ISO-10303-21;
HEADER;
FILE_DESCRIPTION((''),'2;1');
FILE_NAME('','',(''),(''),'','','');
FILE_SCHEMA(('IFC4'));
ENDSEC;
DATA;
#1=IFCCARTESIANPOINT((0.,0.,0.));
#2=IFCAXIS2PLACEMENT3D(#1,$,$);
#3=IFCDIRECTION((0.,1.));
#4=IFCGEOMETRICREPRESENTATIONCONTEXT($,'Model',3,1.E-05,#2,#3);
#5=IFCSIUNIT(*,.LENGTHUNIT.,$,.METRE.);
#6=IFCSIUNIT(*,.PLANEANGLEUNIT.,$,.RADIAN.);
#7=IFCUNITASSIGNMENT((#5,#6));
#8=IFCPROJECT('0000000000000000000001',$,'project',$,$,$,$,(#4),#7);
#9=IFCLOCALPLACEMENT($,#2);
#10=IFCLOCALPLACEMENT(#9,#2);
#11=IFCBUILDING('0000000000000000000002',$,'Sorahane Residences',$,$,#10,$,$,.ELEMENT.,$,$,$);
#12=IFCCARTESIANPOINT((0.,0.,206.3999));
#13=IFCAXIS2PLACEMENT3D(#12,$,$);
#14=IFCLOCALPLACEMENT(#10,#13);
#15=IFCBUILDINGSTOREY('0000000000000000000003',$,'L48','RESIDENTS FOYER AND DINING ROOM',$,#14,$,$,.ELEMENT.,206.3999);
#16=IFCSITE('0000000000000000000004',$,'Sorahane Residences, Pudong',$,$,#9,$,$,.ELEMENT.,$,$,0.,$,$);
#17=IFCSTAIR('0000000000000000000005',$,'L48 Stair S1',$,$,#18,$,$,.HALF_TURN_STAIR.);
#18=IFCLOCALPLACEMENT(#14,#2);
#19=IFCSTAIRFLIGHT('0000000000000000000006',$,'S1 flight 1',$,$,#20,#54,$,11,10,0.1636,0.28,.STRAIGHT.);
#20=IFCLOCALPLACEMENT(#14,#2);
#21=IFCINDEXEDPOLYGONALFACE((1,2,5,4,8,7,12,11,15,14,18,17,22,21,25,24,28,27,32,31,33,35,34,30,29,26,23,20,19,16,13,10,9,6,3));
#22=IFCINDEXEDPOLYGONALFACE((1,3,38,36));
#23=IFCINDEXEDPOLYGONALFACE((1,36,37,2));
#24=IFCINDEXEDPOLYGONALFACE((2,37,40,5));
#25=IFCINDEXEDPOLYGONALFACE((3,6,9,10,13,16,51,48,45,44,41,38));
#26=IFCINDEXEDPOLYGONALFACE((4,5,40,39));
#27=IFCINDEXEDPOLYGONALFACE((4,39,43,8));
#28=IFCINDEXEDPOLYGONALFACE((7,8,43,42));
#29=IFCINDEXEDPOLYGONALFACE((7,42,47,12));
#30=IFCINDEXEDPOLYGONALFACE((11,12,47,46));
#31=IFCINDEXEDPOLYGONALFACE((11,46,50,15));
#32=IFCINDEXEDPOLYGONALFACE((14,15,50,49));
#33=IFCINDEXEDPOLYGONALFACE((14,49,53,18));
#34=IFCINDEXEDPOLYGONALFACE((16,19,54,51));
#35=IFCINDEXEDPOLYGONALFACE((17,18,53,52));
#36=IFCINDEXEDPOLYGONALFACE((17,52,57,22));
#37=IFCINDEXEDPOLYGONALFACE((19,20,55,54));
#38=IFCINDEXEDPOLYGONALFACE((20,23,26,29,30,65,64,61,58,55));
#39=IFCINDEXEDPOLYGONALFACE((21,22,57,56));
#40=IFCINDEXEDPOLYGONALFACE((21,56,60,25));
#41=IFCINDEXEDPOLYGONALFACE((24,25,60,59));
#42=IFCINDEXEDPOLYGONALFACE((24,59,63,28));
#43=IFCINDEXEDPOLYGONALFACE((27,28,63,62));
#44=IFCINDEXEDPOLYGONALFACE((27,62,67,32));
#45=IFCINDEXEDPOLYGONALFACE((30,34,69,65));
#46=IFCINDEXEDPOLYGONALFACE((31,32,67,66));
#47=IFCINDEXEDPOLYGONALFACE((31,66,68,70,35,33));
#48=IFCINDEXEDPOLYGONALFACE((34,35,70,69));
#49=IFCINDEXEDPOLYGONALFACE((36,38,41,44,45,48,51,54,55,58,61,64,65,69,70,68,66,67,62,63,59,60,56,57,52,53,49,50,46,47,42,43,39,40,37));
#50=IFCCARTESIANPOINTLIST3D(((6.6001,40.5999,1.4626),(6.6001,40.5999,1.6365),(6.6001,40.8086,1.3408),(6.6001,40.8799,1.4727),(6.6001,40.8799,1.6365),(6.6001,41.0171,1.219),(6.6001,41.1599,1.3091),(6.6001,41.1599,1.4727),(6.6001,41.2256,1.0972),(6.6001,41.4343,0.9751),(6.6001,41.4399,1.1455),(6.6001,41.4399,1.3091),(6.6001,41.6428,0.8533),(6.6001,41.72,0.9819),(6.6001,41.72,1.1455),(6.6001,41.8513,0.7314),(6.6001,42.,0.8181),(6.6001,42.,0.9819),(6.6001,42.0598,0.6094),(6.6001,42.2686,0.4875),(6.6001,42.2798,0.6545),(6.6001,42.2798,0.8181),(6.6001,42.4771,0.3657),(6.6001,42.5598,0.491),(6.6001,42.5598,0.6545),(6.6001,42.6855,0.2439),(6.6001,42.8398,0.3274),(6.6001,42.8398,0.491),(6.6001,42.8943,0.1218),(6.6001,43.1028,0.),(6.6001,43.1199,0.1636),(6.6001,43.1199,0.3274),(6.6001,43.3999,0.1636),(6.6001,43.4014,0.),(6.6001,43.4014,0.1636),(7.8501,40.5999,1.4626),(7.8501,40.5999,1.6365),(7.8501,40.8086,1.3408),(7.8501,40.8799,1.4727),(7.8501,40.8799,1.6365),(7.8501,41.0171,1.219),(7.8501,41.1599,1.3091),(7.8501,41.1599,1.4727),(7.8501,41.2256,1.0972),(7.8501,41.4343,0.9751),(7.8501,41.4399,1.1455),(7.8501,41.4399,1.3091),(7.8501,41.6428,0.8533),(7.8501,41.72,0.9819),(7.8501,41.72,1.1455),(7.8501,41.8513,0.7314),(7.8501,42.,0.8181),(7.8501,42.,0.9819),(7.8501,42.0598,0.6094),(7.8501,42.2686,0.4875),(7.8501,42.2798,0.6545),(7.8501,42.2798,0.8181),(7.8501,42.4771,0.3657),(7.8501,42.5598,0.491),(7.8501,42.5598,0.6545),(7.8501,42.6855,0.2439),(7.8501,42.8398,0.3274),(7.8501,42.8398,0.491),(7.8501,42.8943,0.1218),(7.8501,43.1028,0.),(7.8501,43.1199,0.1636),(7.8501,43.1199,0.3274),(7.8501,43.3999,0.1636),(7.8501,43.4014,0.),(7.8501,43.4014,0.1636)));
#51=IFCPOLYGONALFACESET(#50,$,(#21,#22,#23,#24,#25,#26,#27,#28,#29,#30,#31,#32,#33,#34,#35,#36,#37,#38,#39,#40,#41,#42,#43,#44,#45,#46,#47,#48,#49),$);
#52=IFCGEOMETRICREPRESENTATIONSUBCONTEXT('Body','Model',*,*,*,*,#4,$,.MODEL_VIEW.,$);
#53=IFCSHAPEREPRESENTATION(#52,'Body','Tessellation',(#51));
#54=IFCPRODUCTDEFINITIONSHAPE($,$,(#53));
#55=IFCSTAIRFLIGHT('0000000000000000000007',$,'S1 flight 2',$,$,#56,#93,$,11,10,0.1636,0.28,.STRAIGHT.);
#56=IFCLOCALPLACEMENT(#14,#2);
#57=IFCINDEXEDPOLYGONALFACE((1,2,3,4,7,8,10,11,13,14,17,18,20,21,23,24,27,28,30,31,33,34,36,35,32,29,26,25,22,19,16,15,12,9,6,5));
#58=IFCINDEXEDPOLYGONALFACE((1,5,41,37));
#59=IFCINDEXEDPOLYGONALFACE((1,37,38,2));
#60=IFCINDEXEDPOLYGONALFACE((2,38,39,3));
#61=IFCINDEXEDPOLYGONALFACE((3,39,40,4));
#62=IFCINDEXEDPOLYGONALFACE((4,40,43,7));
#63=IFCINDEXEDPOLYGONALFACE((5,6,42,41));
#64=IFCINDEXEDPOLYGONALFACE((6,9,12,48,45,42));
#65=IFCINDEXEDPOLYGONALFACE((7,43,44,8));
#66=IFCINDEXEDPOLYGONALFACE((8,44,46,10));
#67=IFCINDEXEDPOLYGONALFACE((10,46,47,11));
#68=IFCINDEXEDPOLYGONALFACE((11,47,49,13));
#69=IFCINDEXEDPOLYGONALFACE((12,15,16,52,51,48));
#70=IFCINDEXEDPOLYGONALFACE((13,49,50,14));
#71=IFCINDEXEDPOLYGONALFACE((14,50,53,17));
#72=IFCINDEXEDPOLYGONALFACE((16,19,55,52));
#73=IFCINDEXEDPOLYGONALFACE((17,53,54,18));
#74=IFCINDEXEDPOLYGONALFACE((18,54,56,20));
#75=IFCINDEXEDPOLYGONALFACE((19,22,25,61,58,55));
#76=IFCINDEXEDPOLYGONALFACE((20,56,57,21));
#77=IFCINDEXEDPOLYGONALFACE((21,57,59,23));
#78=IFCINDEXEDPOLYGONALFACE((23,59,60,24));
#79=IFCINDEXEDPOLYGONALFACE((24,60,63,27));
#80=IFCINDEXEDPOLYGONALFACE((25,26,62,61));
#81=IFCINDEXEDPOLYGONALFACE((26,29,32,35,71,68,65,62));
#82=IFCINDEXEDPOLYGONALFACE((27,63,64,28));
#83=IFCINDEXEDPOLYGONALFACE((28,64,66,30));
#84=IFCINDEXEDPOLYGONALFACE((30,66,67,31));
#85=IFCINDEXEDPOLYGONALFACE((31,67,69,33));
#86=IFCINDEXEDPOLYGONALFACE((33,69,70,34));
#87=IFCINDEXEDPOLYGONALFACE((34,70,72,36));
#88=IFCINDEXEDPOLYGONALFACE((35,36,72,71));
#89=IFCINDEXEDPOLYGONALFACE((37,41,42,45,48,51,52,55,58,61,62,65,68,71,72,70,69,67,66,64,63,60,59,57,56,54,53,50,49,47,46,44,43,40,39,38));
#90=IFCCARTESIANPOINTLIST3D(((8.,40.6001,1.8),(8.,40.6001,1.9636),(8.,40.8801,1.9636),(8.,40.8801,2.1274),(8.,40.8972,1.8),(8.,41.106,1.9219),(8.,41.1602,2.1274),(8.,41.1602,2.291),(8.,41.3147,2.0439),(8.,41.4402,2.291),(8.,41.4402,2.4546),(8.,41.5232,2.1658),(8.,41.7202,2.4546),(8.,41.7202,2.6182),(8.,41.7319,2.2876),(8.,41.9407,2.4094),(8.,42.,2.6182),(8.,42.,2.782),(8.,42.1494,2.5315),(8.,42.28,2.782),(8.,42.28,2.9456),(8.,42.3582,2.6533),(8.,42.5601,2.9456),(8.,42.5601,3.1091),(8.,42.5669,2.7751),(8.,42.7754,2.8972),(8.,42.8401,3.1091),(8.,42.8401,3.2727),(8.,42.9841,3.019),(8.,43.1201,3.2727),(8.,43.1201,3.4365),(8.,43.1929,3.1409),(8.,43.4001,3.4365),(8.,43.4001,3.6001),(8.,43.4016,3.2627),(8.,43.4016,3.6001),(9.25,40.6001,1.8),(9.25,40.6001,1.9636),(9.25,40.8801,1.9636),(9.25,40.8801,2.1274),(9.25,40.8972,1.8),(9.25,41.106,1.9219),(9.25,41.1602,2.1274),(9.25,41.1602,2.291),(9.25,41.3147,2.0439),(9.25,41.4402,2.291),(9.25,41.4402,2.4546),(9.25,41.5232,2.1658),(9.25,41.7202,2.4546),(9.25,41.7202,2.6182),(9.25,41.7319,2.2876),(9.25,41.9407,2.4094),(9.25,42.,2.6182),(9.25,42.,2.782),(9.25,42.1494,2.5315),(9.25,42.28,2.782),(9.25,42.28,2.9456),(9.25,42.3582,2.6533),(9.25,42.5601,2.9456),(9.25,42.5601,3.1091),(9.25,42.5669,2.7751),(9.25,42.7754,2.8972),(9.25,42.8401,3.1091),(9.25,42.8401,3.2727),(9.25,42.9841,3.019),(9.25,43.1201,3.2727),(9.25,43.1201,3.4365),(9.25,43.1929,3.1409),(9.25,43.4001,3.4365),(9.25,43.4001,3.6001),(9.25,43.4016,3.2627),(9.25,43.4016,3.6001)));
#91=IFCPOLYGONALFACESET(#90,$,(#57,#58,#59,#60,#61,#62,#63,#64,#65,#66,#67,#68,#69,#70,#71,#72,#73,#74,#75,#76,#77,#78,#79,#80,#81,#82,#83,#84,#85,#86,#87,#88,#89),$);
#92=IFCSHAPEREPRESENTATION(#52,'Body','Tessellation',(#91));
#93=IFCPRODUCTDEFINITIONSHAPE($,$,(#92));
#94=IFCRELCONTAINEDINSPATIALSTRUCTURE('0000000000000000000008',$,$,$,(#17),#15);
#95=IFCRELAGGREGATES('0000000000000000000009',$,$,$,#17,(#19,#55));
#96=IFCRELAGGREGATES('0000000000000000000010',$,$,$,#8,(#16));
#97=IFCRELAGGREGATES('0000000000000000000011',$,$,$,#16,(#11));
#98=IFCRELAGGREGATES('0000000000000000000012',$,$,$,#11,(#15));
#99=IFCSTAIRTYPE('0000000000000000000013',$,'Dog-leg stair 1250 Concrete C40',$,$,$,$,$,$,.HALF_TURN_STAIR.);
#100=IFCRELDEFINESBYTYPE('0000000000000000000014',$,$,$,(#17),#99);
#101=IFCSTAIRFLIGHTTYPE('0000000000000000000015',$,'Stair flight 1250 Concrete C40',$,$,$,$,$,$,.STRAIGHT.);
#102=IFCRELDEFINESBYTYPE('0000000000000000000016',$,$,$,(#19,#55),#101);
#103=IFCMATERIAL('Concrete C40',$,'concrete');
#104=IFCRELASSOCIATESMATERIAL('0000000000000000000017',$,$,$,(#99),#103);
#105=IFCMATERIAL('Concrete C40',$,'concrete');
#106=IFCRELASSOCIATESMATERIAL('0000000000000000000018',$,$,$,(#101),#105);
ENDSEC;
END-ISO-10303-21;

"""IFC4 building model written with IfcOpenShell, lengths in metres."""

from ifc_helpers import new_model, si_unit, direction, frame, origin, place, context, subcontext, project, spatial, polyline, outline, extrude, material, type_object, element, aggregate, save


model = new_model("IFC4")

# Units and contexts
model_context = context("Model", 3, precision=1e-05, world=origin(), true_north=direction((0.0, 1.0)))
body_context = subcontext(model_context, "Body", "Model", "MODEL_VIEW")
ifc_project = project(units=[si_unit("LENGTHUNIT", "METRE"), si_unit("PLANEANGLEUNIT", "RADIAN")], contexts=[model_context])

# Site, building, storey
site_placement = place(None, origin())
site = spatial("IfcSite", under=ifc_project, at=site_placement, Name="Sorahane Residences, Pudong", CompositionType="ELEMENT", RefElevation=0.0)
building_placement = place(site_placement, origin())
building = spatial("IfcBuilding", under=site, at=building_placement, Name="Sorahane Residences", CompositionType="ELEMENT")
storey_placement = place(building_placement, frame((0.0, 0.0, 206.3999)))
storey = spatial("IfcBuildingStorey", under=building, at=storey_placement, Name="L48", Description="RESIDENTS FOYER AND DINING ROOM", CompositionType="ELEMENT", Elevation=206.3999)

# Stair, stair flights
ifc_material_1 = material(Name="Concrete C40", Category="concrete")
stair_type = type_object("IfcStairType", Name="Dog-leg stair 1250 Concrete C40", PredefinedType="HALF_TURN_STAIR", material=ifc_material_1)
stair_placement = place(storey_placement, origin())
stair = element("IfcStair", 1, at=stair_placement, inside=storey, type_object=stair_type, Name="L48 Stair S1", PredefinedType="HALF_TURN_STAIR")
ifc_material_2 = material(Name="Concrete C40", Category="concrete")
stair_flight_type = type_object("IfcStairFlightType", Name="Stair flight 1250 Concrete C40", PredefinedType="STRAIGHT", material=ifc_material_2)
stair_flight_1_placement = place(storey_placement, frame((7.2251, 43.3999, 0.0), z_axis=(0.0, 0.0, 1.0), x_axis=(0.0, -1.0, 0.0)))
stair_flight_1 = element("IfcStairFlight", 2, at=stair_flight_1_placement, type_object=stair_flight_type, Name="S1 flight 1", NumberOfRisers=11, NumberOfTreads=10, PredefinedType="STRAIGHT", RiserHeight=0.1636, TreadLength=0.28, context=body_context, shape_type="SweptSolid", body=[
    extrude(outline(polyline([(-0.0015, 0.0), (-0.0015, 0.1636), (0.0, 0.1636), (0.28, 0.1636), (0.28, 0.3274), (0.5601, 0.3274), (0.5601, 0.491), (0.8401, 0.491), (0.8401, 0.6545), (1.1201, 0.6545), (1.1201, 0.8181), (1.3999, 0.8181), (1.3999, 0.9819), (1.6799, 0.9819), (1.6799, 1.1455), (1.96, 1.1455), (1.96, 1.3091), (2.24, 1.3091), (2.24, 1.4727), (2.52, 1.4727), (2.52, 1.6365), (2.8, 1.6365), (2.8, 1.8), (2.8, 1.4626), (2.5913, 1.3408), (2.3828, 1.219), (2.1743, 1.0972), (1.9656, 0.9751), (1.7571, 0.8533), (1.5486, 0.7314), (1.3401, 0.6094), (1.1313, 0.4875), (0.9229, 0.3657), (0.7144, 0.2439), (0.5056, 0.1218), (0.2971, 0.0), (-0.0015, 0.0)])), frame((0.0, 0.625, 0.0), z_axis=(0.0, -1.0, 0.0), x_axis=(1.0, 0.0, 0.0)), (0.0, 0.0, 1.0), 1.25),
])
stair_flight_2_placement = place(storey_placement, frame((8.625, 40.6001, 1.8), z_axis=(0.0, 0.0, 1.0), x_axis=(0.0, 1.0, 0.0)))
stair_flight_2 = element("IfcStairFlight", 3, at=stair_flight_2_placement, type_object=stair_flight_type, Name="S1 flight 2", NumberOfRisers=11, NumberOfTreads=10, PredefinedType="STRAIGHT", RiserHeight=0.1636, TreadLength=0.28, context=body_context, shape_type="SweptSolid", body=[
    extrude(outline(polyline([(0.0, 0.0), (0.0, 0.1636), (0.28, 0.1636), (0.28, 0.3274), (0.5601, 0.3274), (0.5601, 0.491), (0.8401, 0.491), (0.8401, 0.6545), (1.1201, 0.6545), (1.1201, 0.8181), (1.3999, 0.8181), (1.3999, 0.9819), (1.6799, 0.9819), (1.6799, 1.1455), (1.96, 1.1455), (1.96, 1.3091), (2.24, 1.3091), (2.24, 1.4727), (2.52, 1.4727), (2.52, 1.6365), (2.8, 1.6365), (2.8, 1.8), (2.8015, 1.8), (2.8015, 1.4626), (2.5928, 1.3408), (2.384, 1.219), (2.1753, 1.0972), (1.9668, 0.9751), (1.7581, 0.8533), (1.5493, 0.7314), (1.3406, 0.6094), (1.1318, 0.4875), (0.9231, 0.3657), (0.7146, 0.2439), (0.5059, 0.1218), (0.2971, 0.0), (0.0, 0.0)])), frame((0.0, 0.625, 0.0), z_axis=(0.0, -1.0, 0.0), x_axis=(1.0, 0.0, 0.0)), (0.0, 0.0, 1.0), 1.25),
])
aggregate(stair, [stair_flight_1, stair_flight_2])

save(model, "model.ifc")
